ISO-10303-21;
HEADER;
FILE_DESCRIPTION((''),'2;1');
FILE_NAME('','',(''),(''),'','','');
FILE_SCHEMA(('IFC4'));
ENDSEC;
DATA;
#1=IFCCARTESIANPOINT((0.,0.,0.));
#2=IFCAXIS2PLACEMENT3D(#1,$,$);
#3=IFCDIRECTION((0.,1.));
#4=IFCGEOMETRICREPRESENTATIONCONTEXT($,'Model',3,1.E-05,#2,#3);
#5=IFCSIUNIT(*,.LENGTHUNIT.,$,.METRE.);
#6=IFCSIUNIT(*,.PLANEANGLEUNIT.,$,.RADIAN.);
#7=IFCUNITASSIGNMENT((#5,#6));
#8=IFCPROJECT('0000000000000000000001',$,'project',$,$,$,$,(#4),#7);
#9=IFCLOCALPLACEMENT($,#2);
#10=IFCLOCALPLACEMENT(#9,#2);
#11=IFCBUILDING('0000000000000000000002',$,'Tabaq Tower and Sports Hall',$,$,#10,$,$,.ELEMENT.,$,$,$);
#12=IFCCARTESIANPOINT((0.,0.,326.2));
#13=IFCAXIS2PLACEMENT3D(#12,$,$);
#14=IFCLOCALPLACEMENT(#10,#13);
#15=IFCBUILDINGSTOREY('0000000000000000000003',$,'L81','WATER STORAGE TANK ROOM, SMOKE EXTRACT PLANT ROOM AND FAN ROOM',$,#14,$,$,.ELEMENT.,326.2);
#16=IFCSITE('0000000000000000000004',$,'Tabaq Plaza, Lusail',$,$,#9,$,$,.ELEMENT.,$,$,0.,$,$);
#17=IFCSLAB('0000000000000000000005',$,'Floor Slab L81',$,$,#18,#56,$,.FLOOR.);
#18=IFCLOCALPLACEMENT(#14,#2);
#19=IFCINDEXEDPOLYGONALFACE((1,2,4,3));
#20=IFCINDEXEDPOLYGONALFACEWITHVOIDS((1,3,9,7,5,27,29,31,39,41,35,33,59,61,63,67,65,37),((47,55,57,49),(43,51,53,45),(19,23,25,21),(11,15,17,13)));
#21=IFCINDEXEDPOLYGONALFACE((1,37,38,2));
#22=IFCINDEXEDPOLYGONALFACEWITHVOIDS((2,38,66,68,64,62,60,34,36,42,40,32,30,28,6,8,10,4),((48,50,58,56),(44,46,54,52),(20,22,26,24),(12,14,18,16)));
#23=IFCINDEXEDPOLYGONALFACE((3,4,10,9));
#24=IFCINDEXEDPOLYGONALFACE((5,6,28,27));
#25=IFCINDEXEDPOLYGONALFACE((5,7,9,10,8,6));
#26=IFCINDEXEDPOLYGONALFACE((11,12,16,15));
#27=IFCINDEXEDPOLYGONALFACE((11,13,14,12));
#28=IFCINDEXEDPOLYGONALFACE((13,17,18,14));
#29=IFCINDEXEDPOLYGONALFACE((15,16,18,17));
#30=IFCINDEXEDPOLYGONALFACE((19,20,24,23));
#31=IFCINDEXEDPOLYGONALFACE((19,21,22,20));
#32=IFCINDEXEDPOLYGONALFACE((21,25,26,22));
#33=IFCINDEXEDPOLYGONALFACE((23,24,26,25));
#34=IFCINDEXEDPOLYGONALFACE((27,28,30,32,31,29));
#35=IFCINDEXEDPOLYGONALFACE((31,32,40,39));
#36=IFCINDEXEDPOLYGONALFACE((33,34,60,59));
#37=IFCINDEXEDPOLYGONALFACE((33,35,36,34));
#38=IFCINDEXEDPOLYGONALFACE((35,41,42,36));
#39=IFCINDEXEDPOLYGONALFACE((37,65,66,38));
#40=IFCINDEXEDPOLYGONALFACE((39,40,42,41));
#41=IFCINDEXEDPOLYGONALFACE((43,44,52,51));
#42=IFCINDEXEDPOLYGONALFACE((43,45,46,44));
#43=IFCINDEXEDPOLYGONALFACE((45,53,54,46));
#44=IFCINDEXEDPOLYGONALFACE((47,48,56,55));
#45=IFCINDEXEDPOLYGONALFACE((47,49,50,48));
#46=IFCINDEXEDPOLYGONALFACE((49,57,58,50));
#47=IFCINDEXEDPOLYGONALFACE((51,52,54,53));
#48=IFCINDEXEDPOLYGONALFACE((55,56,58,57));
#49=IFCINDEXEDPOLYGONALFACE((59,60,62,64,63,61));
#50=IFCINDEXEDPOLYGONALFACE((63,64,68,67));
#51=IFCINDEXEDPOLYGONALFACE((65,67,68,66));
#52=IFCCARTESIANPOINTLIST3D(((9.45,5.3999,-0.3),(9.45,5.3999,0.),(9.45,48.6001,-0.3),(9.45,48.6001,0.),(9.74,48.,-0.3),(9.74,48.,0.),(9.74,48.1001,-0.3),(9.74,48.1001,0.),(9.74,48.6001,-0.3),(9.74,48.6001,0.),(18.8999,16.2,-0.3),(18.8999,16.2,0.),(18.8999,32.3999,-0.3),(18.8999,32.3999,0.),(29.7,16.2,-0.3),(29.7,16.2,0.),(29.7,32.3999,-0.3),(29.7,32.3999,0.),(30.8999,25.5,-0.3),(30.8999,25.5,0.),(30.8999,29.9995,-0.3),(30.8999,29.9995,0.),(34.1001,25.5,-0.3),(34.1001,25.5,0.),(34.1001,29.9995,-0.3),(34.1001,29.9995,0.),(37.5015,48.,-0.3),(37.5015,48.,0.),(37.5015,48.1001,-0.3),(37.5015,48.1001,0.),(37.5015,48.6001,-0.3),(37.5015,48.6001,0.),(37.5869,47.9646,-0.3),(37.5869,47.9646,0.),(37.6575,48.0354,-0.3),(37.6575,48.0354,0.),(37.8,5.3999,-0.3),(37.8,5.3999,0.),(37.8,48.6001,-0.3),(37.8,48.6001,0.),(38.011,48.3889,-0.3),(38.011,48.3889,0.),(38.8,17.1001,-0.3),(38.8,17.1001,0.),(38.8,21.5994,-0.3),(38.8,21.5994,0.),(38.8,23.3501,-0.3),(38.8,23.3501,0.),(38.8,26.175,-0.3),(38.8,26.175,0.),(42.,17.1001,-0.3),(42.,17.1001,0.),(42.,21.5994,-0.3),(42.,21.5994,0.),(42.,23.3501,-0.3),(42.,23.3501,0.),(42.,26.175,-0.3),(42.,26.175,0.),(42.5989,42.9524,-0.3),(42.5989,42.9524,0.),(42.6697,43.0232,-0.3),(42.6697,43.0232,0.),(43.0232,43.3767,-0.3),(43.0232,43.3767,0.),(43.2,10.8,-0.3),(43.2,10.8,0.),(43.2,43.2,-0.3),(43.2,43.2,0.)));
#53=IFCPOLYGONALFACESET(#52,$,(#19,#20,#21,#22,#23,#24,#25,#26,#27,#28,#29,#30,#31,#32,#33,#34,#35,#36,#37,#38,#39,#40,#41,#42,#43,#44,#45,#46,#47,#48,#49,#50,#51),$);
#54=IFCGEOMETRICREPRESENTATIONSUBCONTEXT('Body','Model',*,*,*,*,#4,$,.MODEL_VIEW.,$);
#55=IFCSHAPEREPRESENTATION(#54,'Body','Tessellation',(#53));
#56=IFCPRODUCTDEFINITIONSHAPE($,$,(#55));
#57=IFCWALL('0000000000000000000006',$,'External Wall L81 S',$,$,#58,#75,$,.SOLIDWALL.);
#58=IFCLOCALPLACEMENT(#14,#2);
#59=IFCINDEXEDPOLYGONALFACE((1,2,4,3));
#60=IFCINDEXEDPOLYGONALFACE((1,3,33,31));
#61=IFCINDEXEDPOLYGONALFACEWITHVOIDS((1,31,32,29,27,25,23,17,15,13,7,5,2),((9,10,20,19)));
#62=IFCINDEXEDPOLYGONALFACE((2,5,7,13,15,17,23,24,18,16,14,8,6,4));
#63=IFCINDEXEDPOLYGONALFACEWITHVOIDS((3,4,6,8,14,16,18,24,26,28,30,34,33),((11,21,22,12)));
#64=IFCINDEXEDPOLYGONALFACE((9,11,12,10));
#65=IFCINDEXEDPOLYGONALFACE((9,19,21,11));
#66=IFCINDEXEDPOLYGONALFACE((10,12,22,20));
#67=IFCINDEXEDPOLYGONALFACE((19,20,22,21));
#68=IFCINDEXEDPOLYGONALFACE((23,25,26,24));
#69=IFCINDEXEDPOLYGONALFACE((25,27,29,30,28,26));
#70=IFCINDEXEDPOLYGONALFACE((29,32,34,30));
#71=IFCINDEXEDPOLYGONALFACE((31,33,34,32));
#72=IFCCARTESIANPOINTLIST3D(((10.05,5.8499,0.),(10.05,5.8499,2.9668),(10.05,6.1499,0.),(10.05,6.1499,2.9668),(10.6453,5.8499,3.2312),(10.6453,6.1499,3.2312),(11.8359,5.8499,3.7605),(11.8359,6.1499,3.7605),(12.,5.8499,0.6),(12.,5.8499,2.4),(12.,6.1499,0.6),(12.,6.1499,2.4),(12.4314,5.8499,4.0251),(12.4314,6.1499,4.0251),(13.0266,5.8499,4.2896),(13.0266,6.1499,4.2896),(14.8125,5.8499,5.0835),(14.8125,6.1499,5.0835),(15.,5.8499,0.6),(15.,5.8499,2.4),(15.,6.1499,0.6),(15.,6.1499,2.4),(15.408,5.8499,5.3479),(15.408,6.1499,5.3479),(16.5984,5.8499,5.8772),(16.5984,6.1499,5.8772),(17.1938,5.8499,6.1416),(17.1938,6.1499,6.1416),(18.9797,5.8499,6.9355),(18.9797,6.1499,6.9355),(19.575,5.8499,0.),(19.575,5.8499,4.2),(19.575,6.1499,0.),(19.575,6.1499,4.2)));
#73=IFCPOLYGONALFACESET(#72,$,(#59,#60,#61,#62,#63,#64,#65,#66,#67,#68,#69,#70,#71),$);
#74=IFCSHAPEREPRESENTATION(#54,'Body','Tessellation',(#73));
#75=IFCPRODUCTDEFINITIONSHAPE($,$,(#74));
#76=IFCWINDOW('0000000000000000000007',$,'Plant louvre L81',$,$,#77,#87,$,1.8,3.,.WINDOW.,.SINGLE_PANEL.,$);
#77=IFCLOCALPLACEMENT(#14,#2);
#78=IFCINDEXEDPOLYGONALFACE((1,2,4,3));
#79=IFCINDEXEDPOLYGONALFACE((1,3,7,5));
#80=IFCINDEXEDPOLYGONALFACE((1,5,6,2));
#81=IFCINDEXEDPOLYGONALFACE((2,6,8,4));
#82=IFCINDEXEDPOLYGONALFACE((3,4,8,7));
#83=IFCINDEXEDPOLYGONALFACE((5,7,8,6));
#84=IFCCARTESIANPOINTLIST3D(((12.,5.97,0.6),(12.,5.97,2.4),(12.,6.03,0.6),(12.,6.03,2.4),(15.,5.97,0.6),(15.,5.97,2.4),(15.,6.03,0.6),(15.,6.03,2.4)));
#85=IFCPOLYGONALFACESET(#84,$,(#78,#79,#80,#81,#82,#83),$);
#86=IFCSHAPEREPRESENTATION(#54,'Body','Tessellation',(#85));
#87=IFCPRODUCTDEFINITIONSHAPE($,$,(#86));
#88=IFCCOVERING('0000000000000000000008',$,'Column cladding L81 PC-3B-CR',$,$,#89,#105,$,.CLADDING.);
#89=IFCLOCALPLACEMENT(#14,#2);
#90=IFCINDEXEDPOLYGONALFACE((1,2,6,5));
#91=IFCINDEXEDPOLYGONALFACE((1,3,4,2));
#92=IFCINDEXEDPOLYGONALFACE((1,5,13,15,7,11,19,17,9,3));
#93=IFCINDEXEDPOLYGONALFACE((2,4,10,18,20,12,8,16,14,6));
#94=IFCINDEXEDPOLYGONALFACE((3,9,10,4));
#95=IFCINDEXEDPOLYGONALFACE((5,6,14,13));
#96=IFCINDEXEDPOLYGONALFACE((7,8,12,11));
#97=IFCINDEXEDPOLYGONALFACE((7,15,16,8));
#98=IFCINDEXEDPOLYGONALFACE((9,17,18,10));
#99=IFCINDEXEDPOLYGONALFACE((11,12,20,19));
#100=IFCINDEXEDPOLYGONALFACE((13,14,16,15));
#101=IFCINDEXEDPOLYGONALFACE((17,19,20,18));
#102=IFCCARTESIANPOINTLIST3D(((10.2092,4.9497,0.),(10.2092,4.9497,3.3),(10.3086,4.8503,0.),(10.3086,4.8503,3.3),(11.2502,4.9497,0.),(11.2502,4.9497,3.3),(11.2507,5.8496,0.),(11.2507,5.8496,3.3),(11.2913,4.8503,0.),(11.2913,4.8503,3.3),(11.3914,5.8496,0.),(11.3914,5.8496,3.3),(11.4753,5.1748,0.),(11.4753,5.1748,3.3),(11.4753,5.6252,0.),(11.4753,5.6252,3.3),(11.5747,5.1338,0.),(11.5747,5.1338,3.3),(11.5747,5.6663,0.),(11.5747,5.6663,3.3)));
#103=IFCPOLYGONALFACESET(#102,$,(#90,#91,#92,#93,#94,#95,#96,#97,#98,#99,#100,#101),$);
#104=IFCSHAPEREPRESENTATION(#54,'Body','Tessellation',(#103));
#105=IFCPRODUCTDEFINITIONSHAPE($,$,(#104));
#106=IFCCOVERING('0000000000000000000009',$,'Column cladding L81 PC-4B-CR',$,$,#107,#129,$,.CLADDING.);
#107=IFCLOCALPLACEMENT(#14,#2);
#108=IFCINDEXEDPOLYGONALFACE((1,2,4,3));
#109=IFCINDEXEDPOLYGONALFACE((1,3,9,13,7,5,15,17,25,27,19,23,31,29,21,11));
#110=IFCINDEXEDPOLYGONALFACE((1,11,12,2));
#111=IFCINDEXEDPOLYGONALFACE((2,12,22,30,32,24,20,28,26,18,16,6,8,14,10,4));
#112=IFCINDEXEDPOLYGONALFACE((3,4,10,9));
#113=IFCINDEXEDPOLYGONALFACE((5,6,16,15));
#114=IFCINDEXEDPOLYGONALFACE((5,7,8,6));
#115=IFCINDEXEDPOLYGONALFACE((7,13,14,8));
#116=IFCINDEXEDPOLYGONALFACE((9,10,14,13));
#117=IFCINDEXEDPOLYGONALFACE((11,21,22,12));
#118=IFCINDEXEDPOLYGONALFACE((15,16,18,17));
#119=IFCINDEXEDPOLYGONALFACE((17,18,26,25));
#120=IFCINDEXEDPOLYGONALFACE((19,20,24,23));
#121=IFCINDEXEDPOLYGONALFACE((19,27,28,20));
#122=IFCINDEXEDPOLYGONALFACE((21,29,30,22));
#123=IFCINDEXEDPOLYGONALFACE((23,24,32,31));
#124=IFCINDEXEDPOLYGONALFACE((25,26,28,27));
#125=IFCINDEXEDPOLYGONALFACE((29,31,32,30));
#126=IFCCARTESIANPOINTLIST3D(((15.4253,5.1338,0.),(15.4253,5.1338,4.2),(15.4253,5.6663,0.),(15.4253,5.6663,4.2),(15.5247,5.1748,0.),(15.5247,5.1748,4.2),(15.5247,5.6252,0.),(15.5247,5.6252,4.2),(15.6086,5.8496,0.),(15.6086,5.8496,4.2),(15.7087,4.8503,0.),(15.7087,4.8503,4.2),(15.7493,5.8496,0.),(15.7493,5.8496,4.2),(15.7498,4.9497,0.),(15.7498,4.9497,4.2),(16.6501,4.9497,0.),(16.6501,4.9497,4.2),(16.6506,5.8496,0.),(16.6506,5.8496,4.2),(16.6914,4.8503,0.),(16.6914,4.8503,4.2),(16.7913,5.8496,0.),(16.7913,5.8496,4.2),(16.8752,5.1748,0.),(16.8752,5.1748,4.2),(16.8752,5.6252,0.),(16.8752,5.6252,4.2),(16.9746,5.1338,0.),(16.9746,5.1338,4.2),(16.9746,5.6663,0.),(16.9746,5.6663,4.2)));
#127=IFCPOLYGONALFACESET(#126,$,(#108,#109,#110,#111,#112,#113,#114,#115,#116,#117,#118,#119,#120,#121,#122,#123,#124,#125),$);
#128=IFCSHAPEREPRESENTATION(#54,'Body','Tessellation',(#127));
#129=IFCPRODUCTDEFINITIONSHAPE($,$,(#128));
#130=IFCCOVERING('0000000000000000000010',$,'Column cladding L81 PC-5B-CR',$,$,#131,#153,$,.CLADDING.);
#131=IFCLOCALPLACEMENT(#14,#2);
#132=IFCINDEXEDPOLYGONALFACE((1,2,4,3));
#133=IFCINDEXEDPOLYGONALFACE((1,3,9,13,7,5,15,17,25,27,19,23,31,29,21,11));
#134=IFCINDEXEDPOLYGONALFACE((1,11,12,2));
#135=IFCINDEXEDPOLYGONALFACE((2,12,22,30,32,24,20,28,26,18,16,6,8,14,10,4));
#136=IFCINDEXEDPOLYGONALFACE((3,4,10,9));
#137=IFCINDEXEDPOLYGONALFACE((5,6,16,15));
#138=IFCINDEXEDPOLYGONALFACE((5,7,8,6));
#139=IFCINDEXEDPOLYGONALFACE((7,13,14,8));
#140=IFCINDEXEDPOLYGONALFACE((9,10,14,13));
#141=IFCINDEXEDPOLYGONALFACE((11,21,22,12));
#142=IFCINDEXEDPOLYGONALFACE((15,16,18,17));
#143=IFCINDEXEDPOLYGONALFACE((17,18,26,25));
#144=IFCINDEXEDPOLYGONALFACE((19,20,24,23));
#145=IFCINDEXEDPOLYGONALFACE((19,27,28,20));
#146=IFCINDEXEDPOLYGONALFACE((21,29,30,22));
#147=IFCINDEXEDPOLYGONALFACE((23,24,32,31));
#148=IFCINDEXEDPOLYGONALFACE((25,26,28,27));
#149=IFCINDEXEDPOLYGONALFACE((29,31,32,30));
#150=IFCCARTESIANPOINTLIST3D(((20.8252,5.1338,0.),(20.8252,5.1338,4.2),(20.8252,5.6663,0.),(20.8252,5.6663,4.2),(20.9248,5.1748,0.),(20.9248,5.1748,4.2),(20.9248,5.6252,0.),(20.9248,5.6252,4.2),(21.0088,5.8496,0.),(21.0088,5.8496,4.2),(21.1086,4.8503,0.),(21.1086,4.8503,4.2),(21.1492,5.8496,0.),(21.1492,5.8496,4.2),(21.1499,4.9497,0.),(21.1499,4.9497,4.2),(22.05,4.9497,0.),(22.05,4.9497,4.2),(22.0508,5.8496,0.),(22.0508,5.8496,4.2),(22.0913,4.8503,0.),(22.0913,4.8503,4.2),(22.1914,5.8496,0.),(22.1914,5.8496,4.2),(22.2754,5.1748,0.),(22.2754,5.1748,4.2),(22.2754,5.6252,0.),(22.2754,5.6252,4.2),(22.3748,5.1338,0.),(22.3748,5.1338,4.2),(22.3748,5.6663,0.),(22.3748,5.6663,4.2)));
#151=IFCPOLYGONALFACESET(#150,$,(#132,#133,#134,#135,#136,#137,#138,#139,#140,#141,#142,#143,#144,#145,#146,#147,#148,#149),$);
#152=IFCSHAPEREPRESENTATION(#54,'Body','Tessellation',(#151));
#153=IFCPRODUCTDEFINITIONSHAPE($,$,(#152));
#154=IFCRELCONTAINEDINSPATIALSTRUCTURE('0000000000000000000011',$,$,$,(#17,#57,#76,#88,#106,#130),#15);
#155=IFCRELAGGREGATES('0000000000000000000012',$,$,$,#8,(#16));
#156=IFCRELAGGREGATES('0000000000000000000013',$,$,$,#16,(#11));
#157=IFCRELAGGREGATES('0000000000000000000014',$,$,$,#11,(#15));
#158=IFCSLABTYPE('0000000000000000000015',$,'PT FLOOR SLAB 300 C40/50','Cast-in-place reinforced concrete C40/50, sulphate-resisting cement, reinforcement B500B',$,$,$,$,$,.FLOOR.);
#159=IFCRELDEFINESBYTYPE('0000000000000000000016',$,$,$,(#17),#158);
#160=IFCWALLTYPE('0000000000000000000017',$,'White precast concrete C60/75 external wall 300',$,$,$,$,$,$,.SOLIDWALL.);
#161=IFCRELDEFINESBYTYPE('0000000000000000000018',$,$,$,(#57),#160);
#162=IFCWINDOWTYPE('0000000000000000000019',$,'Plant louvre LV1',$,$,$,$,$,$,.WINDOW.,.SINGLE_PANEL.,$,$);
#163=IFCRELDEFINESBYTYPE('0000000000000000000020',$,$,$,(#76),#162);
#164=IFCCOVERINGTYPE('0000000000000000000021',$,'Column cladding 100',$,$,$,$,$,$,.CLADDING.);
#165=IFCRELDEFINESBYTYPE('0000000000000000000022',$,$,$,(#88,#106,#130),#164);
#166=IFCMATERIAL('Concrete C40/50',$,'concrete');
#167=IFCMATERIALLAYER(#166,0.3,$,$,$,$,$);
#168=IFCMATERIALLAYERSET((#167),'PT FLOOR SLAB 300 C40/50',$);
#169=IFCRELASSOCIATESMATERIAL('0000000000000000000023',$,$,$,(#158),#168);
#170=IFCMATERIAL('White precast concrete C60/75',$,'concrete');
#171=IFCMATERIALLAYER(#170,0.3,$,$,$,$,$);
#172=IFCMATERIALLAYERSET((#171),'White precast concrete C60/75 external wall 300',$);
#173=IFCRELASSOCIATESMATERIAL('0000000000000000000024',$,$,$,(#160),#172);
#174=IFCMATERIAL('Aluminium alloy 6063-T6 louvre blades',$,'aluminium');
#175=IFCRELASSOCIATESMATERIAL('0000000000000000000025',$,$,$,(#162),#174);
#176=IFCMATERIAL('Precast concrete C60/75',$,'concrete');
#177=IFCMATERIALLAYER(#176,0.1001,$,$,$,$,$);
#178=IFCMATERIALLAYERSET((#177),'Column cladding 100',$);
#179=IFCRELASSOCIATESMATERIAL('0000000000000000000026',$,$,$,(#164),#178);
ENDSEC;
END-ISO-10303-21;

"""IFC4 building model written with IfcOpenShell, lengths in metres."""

from ifc_helpers import new_model, si_unit, direction, frame, frame_2d, origin, place, context, subcontext, project, spatial, polyline, rectangle, outline, extrude, material, layer, layer_set, type_object, element, fill, save


model = new_model("IFC4")

# Units and contexts
model_context = context("Model", 3, precision=1e-05, world=origin(), true_north=direction((0.0, 1.0)))
body_context = subcontext(model_context, "Body", "Model", "MODEL_VIEW")
ifc_project = project(units=[si_unit("LENGTHUNIT", "METRE"), si_unit("PLANEANGLEUNIT", "RADIAN")], contexts=[model_context])

# Site, building, storey
site_placement = place(None, origin())
site = spatial("IfcSite", under=ifc_project, at=site_placement, Name="Tabaq Plaza, Lusail", CompositionType="ELEMENT", RefElevation=0.0)
building_placement = place(site_placement, origin())
building = spatial("IfcBuilding", under=site, at=building_placement, Name="Tabaq Tower and Sports Hall", CompositionType="ELEMENT")
storey_placement = place(building_placement, frame((0.0, 0.0, 326.2)))
storey = spatial("IfcBuildingStorey", under=building, at=storey_placement, Name="L81", Description="WATER STORAGE TANK ROOM, SMOKE EXTRACT PLANT ROOM AND FAN ROOM", CompositionType="ELEMENT", Elevation=326.2)

# Slab
ifc_material_1 = material(Name="Concrete C40/50", Category="concrete")
ifc_layer_1 = layer(ifc_material_1, 0.3)
ifc_layer_set_1 = layer_set([ifc_layer_1], Name="PT FLOOR SLAB 300 C40/50")
slab_type_1 = type_object("IfcSlabType", Name="PT FLOOR SLAB 300 C40/50", Description="Cast-in-place reinforced concrete C40/50, sulphate-resisting cement, reinforcement B500B", PredefinedType="FLOOR", material=ifc_layer_set_1)
slab_1_placement = place(storey_placement, frame((0.0, 0.0, -0.3)))
element("IfcSlab", 1, at=slab_1_placement, inside=storey, type_object=slab_type_1, Name="Floor Slab L81", PredefinedType="FLOOR", context=body_context, shape_type="SweptSolid", body=[
    extrude(outline(polyline([(43.2, 10.8), (43.2, 43.2), (43.0232, 43.3767), (42.6697, 43.0232), (42.5989, 42.9524), (37.5869, 47.9646), (37.6575, 48.0354), (38.011, 48.3889), (37.8, 48.6001), (37.5015, 48.6001), (37.5015, 48.1001), (37.5015, 48.0), (9.74, 48.0), (9.74, 48.1001), (9.74, 48.6001), (9.45, 48.6001), (9.45, 5.3999), (37.8, 5.3999), (43.2, 10.8)]), holes=[polyline([(38.8, 17.1001), (38.8, 21.5994), (42.0, 21.5994), (42.0, 17.1001), (38.8, 17.1001)]), polyline([(29.7, 16.2), (18.8999, 16.2), (18.8999, 32.3999), (29.7, 32.3999), (29.7, 16.2)]), polyline([(38.8, 23.3501), (38.8, 26.175), (42.0, 26.175), (42.0, 23.3501), (38.8, 23.3501)]), polyline([(30.8999, 25.5), (30.8999, 29.9995), (34.1001, 29.9995), (34.1001, 25.5), (30.8999, 25.5)])]), origin(), (0.0, 0.0, 1.0), 0.3),
])

# Wall, opening, window
ifc_material_2 = material(Name="White precast concrete C60/75", Category="concrete")
ifc_layer_2 = layer(ifc_material_2, 0.3)
ifc_layer_set_2 = layer_set([ifc_layer_2], Name="White precast concrete C60/75 external wall 300")
wall_type_1 = type_object("IfcWallType", Name="White precast concrete C60/75 external wall 300", PredefinedType="SOLIDWALL", material=ifc_layer_set_2)
wall_1_placement = place(storey_placement, frame((10.05, 6.0, 0.0), z_axis=(0.0, 0.0, 1.0), x_axis=(1.0, 0.0, 0.0)))
wall_1 = element("IfcWall", 2, at=wall_1_placement, inside=storey, type_object=wall_type_1, Name="External Wall L81 S", PredefinedType="SOLIDWALL", context=body_context, shape_type="SweptSolid", body=[
    extrude(outline(polyline([(0.0, 0.0), (9.5249, 0.0), (9.5249, 4.2), (8.9297, 6.9355), (8.3345, 6.6709), (7.739, 6.4062), (7.1438, 6.1416), (6.5483, 5.8772), (5.9531, 5.6125), (5.3579, 5.3479), (4.7625, 5.0835), (4.1672, 4.8188), (3.5718, 4.5542), (2.9766, 4.2896), (2.3813, 4.0251), (1.7859, 3.7605), (1.1907, 3.4958), (0.5952, 3.2312), (0.0, 2.9668), (0.0, 0.0)])), frame((0.0, 0.1499, 0.0), z_axis=(0.0, -1.0, 0.0), x_axis=(1.0, 0.0, 0.0)), (0.0, 0.0, 1.0), 0.3),
])
opening_1_placement = place(wall_1_placement, frame((1.95, 0.0, 0.6001)))
opening_1 = element("IfcOpeningElement", 3, at=opening_1_placement, cuts=wall_1, PredefinedType="OPENING", context=body_context, shape_type="SweptSolid", body=[
    extrude(rectangle(XDim=3.0, YDim=1.8, at=frame_2d((1.5, 0.8999))), frame((0.0, 0.1602, 0.0), z_axis=(0.0, -1.0, 0.0), x_axis=(1.0, 0.0, 0.0)), (0.0, 0.0, 1.0), 0.3201),
])
ifc_material_3 = material(Name="Aluminium alloy 6063-T6 louvre blades", Category="aluminium")
window_type = type_object("IfcWindowType", Name="Plant louvre LV1", PartitioningType="SINGLE_PANEL", PredefinedType="WINDOW", material=ifc_material_3)
window_placement = place(opening_1_placement, origin())
window = element("IfcWindow", 4, at=window_placement, inside=storey, type_object=window_type, Name="Plant louvre L81", OverallHeight=1.8, OverallWidth=3.0, PartitioningType="SINGLE_PANEL", PredefinedType="WINDOW", context=body_context, shape_type="SweptSolid", body=[
    extrude(rectangle(XDim=3.0, YDim=1.8, at=frame_2d((1.5, 0.8999))), frame((0.0, 0.03, 0.0), z_axis=(0.0, -1.0, 0.0), x_axis=(1.0, 0.0, 0.0)), (0.0, 0.0, 1.0), 0.0601),
])
fill(opening_1, window)

# Coverings
ifc_material_4 = material(Name="Precast concrete C60/75", Category="concrete")
ifc_layer_3 = layer(ifc_material_4, 0.1001)
ifc_layer_set_3 = layer_set([ifc_layer_3], Name="Column cladding 100")
covering_type_1 = type_object("IfcCoveringType", Name="Column cladding 100", PredefinedType="CLADDING", material=ifc_layer_set_3)
covering_1_placement = place(storey_placement, origin())
element("IfcCovering", 5, at=covering_1_placement, inside=storey, type_object=covering_type_1, Name="Column cladding L81 PC-3B-CR", PredefinedType="CLADDING", context=body_context, shape_type="SweptSolid", body=[
    extrude(outline(polyline([(11.5747, 5.6663), (11.5747, 5.1338), (11.2913, 4.8503), (10.3086, 4.8503), (10.2092, 4.9497), (11.2502, 4.9497), (11.4753, 5.1748), (11.4753, 5.6252), (11.2507, 5.8496), (11.3914, 5.8496), (11.5747, 5.6663)])), origin(), (0.0, 0.0, 1.0), 3.3),
])
covering_2_placement = place(storey_placement, origin())
element("IfcCovering", 6, at=covering_2_placement, inside=storey, type_object=covering_type_1, Name="Column cladding L81 PC-4B-CR", PredefinedType="CLADDING", context=body_context, shape_type="SweptSolid", body=[
    extrude(outline(polyline([(15.4253, 5.6663), (15.6086, 5.8496), (15.7493, 5.8496), (15.5247, 5.6252), (15.5247, 5.1748), (15.7498, 4.9497), (16.6501, 4.9497), (16.8752, 5.1748), (16.8752, 5.6252), (16.6506, 5.8496), (16.7913, 5.8496), (16.9746, 5.6663), (16.9746, 5.1338), (16.6914, 4.8503), (15.7087, 4.8503), (15.4253, 5.1338), (15.4253, 5.6663)])), origin(), (0.0, 0.0, 1.0), 4.2),
])
covering_3_placement = place(storey_placement, origin())
element("IfcCovering", 7, at=covering_3_placement, inside=storey, type_object=covering_type_1, Name="Column cladding L81 PC-5B-CR", PredefinedType="CLADDING", context=body_context, shape_type="SweptSolid", body=[
    extrude(outline(polyline([(20.8252, 5.6663), (21.0088, 5.8496), (21.1492, 5.8496), (20.9248, 5.6252), (20.9248, 5.1748), (21.1499, 4.9497), (22.05, 4.9497), (22.2754, 5.1748), (22.2754, 5.6252), (22.0508, 5.8496), (22.1914, 5.8496), (22.3748, 5.6663), (22.3748, 5.1338), (22.0913, 4.8503), (21.1086, 4.8503), (20.8252, 5.1338), (20.8252, 5.6663)])), origin(), (0.0, 0.0, 1.0), 4.2),
])

save(model, "model.ifc")
